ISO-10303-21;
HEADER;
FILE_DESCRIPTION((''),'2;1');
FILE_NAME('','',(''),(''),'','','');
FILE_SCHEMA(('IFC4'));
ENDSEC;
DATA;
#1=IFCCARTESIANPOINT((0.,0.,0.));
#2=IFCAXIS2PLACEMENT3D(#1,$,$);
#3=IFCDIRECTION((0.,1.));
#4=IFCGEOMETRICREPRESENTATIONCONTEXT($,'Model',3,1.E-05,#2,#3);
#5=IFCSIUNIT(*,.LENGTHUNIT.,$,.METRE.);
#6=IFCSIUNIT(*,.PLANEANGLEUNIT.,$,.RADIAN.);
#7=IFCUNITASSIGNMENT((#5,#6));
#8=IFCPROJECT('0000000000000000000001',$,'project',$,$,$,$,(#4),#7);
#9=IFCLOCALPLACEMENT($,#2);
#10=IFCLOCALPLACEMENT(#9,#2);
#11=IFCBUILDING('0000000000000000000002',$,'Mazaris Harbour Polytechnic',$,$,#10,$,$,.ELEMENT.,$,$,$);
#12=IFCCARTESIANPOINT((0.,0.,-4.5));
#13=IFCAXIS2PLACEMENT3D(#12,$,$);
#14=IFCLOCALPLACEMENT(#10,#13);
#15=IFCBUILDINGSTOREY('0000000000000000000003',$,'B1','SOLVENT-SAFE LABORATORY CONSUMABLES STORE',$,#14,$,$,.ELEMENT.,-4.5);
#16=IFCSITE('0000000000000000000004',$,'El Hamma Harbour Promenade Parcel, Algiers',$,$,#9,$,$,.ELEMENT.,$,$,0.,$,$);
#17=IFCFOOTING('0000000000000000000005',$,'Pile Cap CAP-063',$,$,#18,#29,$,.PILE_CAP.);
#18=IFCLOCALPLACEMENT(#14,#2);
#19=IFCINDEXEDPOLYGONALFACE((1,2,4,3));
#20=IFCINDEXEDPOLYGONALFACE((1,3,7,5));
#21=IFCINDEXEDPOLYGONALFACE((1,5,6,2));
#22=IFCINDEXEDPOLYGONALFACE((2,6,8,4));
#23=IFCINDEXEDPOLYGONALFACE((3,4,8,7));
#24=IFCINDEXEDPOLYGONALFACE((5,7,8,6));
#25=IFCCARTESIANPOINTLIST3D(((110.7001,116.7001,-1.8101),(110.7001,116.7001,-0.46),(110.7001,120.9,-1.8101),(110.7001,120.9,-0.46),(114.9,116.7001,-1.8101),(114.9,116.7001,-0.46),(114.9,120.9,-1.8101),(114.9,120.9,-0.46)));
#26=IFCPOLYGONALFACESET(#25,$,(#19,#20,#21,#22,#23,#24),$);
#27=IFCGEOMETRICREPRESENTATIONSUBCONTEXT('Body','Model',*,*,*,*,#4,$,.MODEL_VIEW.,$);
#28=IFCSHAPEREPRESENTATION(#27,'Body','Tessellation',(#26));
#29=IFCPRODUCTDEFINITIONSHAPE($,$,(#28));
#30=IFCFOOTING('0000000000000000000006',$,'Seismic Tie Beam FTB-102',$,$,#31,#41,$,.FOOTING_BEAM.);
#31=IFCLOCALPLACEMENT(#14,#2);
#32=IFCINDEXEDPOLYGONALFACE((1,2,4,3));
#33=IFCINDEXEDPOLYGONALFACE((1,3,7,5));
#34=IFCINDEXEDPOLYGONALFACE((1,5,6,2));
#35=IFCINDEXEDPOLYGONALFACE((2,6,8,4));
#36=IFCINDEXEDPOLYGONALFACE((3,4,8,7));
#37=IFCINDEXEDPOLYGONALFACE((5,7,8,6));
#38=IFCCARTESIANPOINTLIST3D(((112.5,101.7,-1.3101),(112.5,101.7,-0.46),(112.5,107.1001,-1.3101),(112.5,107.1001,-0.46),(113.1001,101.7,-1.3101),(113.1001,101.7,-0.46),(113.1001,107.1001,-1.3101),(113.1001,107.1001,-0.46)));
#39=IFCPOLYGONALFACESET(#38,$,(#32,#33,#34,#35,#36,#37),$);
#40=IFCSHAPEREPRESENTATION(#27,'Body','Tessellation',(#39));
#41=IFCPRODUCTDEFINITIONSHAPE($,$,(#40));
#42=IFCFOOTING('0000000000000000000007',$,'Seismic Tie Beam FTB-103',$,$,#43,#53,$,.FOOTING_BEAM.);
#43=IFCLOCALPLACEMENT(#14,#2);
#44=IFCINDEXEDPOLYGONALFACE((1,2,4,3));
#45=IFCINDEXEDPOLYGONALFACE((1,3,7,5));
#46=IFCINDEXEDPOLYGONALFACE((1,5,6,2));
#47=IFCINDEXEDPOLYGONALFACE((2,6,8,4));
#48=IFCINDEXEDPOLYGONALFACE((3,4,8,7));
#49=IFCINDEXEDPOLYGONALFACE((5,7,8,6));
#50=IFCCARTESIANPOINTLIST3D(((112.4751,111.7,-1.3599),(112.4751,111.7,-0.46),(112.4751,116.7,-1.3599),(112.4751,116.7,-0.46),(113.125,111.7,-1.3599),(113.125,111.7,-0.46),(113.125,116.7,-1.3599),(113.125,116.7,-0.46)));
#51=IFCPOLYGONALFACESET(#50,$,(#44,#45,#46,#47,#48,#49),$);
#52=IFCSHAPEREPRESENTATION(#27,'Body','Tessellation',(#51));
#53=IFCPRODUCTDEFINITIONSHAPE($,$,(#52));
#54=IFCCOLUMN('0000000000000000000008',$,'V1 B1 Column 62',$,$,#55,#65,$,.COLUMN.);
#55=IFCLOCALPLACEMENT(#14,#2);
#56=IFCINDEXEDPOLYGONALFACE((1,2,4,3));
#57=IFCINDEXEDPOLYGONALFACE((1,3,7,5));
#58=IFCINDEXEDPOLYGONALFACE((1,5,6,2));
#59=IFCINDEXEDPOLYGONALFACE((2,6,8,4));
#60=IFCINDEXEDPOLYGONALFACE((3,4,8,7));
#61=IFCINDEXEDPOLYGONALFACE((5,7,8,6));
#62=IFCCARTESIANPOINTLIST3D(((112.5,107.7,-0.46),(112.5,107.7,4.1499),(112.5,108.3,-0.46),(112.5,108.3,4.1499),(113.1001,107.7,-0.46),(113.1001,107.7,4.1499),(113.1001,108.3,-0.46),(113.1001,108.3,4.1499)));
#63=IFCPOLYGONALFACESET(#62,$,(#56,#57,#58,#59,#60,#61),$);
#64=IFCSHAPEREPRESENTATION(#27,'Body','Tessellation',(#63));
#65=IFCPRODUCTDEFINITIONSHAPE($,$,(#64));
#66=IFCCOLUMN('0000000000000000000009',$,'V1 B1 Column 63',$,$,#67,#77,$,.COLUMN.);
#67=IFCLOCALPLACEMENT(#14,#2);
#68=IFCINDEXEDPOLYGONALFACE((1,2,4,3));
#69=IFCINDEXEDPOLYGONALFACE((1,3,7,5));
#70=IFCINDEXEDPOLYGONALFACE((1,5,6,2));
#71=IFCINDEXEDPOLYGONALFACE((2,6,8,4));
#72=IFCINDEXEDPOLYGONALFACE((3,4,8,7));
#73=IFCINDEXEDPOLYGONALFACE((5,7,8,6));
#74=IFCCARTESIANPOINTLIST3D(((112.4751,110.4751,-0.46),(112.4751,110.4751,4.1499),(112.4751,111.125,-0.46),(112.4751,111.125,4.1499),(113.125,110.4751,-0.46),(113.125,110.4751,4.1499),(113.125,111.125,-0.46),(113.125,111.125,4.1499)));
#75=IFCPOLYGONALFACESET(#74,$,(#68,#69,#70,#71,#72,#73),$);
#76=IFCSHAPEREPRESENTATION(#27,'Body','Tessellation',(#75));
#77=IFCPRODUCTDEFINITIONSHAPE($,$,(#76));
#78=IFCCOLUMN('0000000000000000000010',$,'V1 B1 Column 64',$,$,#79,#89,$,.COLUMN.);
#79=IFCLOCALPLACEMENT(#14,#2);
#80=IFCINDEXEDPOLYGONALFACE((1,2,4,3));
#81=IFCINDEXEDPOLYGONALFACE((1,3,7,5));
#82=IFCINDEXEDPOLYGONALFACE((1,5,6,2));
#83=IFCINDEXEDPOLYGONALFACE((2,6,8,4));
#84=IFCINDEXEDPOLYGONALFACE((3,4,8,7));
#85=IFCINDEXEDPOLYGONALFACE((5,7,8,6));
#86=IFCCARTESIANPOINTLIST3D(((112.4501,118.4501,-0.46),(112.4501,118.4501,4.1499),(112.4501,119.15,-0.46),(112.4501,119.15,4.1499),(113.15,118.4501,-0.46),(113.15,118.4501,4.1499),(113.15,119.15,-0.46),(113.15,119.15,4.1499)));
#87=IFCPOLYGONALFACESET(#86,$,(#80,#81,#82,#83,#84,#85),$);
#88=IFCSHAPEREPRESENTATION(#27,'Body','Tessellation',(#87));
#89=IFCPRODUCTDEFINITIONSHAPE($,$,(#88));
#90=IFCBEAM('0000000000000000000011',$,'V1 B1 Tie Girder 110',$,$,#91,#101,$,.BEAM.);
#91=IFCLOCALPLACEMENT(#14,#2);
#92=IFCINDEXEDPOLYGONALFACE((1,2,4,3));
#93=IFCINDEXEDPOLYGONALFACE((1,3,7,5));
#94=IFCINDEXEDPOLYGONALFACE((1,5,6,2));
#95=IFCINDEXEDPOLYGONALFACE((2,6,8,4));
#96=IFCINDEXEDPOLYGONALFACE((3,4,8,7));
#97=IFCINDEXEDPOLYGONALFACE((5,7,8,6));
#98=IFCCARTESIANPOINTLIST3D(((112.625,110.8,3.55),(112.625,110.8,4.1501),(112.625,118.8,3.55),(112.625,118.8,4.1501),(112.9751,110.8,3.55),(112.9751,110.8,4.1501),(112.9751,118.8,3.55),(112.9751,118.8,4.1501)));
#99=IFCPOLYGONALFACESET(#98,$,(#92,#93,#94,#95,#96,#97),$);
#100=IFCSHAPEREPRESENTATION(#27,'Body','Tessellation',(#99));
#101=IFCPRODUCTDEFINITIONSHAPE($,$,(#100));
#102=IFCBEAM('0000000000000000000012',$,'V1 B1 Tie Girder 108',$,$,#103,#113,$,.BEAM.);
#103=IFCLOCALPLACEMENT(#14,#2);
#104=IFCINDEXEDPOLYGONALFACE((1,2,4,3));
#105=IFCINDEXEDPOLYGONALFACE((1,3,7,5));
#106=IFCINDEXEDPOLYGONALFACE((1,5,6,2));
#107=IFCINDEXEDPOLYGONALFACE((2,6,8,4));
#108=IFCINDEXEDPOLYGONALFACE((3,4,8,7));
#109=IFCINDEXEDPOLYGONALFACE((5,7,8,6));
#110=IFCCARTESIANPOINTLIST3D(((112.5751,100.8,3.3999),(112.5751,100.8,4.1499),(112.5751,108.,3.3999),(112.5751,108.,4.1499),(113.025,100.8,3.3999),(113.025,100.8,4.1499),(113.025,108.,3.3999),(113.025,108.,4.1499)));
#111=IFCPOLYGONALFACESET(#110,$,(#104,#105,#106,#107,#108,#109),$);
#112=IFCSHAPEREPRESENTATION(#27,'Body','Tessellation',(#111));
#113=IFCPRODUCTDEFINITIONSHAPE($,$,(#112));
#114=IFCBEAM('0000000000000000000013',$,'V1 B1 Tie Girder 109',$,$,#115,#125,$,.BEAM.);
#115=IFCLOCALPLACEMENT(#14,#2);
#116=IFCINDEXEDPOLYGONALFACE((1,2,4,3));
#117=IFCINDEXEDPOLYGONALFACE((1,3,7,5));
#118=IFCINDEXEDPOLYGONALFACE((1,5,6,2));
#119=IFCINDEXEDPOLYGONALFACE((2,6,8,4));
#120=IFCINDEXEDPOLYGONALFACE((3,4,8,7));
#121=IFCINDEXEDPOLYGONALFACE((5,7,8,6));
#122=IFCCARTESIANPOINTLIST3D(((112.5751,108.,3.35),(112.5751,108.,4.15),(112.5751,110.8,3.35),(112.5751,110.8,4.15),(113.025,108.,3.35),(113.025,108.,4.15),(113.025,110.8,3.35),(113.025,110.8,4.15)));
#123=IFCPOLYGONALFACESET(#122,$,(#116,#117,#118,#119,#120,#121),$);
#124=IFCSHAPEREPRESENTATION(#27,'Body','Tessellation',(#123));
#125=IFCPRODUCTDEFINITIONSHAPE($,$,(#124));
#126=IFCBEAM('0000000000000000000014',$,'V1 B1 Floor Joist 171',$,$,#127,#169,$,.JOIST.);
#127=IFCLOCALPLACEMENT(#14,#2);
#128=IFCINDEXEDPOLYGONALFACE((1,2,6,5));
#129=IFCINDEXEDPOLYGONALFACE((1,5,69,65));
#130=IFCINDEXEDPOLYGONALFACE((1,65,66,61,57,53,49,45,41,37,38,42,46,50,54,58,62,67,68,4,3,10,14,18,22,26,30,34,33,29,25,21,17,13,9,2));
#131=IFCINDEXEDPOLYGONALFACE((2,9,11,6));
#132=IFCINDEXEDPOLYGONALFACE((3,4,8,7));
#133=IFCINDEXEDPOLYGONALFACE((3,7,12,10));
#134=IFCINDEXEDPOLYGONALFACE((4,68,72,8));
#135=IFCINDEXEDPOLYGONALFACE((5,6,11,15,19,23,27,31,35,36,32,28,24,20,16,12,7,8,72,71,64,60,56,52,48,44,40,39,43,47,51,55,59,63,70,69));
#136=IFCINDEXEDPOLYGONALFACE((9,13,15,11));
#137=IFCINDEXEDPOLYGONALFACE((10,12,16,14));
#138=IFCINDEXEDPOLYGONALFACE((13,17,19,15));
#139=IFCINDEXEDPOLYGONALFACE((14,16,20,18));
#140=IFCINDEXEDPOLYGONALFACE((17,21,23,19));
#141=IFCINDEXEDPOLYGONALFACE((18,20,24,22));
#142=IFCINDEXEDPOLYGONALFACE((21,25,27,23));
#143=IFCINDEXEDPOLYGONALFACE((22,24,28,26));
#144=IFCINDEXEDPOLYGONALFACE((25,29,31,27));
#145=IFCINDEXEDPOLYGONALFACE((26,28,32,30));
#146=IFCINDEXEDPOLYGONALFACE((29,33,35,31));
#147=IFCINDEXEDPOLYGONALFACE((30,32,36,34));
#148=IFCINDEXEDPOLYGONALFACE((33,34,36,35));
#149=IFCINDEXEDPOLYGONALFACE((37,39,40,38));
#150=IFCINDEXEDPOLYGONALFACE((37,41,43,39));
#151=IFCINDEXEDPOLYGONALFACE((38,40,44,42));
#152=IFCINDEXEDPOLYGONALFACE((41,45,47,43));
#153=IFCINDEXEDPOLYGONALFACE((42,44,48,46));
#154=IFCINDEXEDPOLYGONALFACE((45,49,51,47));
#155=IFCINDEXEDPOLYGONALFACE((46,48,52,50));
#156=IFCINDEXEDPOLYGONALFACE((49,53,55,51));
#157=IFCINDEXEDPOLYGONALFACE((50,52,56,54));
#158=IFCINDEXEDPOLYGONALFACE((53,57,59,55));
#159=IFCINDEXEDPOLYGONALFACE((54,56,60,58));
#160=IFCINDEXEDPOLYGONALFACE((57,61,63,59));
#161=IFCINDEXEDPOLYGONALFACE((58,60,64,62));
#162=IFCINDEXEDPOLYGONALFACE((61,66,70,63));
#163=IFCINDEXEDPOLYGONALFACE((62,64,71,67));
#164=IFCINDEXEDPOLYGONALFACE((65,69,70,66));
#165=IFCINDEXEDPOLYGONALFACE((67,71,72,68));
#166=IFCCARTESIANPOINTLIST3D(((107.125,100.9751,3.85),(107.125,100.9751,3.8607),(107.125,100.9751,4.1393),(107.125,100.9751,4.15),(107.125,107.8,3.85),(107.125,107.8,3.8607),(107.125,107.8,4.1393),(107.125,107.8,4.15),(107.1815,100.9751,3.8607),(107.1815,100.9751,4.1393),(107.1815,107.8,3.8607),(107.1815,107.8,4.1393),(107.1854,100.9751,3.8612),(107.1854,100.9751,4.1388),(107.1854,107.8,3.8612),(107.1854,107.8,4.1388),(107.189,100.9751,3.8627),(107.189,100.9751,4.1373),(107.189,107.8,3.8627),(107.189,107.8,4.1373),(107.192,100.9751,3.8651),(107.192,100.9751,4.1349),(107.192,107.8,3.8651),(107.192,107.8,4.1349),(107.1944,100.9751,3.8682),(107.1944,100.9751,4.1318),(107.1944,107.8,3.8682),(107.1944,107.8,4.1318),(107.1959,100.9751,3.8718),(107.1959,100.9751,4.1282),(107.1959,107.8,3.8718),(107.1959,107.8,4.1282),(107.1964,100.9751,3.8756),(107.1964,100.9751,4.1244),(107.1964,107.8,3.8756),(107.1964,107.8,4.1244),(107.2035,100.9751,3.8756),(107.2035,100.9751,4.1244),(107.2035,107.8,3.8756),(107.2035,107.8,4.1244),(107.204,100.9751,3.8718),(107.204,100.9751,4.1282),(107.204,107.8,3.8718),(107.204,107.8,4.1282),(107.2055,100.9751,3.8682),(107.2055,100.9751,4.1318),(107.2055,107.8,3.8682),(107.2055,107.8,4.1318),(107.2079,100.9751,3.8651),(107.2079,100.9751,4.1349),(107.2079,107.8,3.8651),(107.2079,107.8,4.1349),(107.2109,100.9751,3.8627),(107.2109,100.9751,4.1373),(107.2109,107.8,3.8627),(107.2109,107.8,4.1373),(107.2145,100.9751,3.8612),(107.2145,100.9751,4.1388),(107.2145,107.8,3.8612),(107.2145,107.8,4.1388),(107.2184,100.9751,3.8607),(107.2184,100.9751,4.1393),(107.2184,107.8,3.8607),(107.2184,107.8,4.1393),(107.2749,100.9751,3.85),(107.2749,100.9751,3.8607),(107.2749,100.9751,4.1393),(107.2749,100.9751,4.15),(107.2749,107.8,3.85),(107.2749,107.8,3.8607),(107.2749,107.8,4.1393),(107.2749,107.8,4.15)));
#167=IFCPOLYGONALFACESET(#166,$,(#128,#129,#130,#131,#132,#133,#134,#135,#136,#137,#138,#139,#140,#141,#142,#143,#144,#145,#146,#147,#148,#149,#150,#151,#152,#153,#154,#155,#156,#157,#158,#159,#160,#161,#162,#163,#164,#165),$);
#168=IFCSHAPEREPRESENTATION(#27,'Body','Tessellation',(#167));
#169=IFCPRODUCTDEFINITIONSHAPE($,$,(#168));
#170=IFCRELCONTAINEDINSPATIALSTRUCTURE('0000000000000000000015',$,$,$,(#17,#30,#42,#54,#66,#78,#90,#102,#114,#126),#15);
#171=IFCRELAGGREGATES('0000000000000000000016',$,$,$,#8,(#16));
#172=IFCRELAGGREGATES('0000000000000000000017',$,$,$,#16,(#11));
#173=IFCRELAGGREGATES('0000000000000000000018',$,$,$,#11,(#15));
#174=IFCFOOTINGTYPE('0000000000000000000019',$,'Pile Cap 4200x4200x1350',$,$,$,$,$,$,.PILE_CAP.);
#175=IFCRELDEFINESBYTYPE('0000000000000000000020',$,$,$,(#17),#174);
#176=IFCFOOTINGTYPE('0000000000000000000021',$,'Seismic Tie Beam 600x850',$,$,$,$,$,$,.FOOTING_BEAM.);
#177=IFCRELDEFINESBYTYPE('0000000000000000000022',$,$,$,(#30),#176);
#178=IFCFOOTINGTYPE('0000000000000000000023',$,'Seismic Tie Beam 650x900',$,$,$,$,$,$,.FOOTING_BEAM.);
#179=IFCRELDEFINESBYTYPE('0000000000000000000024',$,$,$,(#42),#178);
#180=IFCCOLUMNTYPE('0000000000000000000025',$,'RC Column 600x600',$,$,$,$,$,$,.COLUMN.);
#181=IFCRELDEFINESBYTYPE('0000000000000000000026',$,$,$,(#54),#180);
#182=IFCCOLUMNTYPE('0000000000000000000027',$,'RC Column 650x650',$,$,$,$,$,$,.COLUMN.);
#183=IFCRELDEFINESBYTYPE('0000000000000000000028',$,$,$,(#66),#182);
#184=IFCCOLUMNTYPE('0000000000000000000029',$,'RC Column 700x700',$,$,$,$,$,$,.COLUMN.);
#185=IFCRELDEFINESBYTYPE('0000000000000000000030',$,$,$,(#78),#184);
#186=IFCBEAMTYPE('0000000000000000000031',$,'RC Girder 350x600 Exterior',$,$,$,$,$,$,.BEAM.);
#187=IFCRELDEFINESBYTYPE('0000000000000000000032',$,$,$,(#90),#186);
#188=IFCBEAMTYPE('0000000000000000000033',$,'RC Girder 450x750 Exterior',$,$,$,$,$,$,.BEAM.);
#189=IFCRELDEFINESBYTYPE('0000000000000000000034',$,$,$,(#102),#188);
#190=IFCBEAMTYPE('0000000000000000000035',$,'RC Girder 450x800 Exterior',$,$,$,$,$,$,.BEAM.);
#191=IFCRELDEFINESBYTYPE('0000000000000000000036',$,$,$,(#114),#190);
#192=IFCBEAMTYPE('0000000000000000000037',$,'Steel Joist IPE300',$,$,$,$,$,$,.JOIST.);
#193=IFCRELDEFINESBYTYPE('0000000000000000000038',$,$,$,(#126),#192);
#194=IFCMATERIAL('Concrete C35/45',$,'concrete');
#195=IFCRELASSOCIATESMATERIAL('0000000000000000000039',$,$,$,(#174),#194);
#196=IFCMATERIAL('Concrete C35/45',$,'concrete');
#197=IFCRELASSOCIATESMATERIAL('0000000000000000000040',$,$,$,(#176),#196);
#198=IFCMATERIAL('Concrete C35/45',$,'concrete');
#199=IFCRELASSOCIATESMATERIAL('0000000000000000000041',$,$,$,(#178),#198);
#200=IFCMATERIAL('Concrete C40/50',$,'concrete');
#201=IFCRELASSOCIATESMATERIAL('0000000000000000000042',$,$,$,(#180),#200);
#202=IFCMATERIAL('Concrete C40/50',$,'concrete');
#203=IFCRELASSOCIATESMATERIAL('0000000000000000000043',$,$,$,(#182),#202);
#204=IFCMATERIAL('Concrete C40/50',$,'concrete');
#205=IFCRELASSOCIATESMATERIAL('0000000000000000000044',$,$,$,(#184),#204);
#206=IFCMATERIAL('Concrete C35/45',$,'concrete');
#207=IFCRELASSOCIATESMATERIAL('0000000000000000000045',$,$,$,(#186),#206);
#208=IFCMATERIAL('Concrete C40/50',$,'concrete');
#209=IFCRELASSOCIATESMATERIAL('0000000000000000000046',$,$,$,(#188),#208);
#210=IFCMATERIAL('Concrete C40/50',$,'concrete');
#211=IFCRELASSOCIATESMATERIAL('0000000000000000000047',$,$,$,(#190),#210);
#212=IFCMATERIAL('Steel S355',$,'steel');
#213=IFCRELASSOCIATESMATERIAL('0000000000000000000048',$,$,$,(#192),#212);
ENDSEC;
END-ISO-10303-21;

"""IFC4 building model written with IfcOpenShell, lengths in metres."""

from ifc_helpers import new_model, si_unit, direction, frame, origin, origin_2d, place, context, subcontext, project, spatial, rectangle, i_section, extrude, material, material_profile, profile_set, type_object, element, save


model = new_model("IFC4")

# Units and contexts
model_context = context("Model", 3, precision=1e-05, world=origin(), true_north=direction((0.0, 1.0)))
body_context = subcontext(model_context, "Body", "Model", "MODEL_VIEW")
ifc_project = project(units=[si_unit("LENGTHUNIT", "METRE"), si_unit("PLANEANGLEUNIT", "RADIAN")], contexts=[model_context])

# Site, building, storey
site_placement = place(None, origin())
site = spatial("IfcSite", under=ifc_project, at=site_placement, Name="El Hamma Harbour Promenade Parcel, Algiers", CompositionType="ELEMENT", RefElevation=0.0)
building_placement = place(site_placement, origin())
building = spatial("IfcBuilding", under=site, at=building_placement, Name="Mazaris Harbour Polytechnic", CompositionType="ELEMENT")
storey_placement = place(building_placement, frame((0.0, 0.0, -4.5)))
storey = spatial("IfcBuildingStorey", under=building, at=storey_placement, Name="B1", Description="SOLVENT-SAFE LABORATORY CONSUMABLES STORE", CompositionType="ELEMENT", Elevation=-4.5)

# Footings
ifc_material_1 = material(Name="Concrete C35/45", Category="concrete")
footing_type_1 = type_object("IfcFootingType", Name="Pile Cap 4200x4200x1350", PredefinedType="PILE_CAP", material=ifc_material_1)
footing_1_placement = place(storey_placement, frame((112.8, 118.8, -1.8101), z_axis=(0.0, 0.0, 1.0), x_axis=(1.0, 0.0, 0.0)))
element("IfcFooting", 1, at=footing_1_placement, inside=storey, type_object=footing_type_1, Name="Pile Cap CAP-063", PredefinedType="PILE_CAP", context=body_context, shape_type="SweptSolid", body=[
    extrude(rectangle(XDim=4.2, YDim=4.2, at=origin_2d()), origin(), (0.0, 0.0, 1.0), 1.3501),
])
ifc_material_2 = material(Name="Concrete C35/45", Category="concrete")
ifc_material_profile_1 = material_profile(ifc_material_2, rectangle(XDim=0.6001, YDim=0.8501, at=origin_2d()), Name="RECT600x850")
ifc_profile_set_1 = profile_set([ifc_material_profile_1], Name="Concrete C35/45")
footing_type_2 = type_object("IfcFootingType", Name="Seismic Tie Beam 600x850", PredefinedType="FOOTING_BEAM", material=ifc_profile_set_1)
footing_2_placement = place(storey_placement, frame((112.8, 101.7, -0.885), z_axis=(0.0, 1.0, 0.0), x_axis=(-1.0, 0.0, 0.0)))
element("IfcFooting", 2, at=footing_2_placement, inside=storey, type_object=footing_type_2, Name="Seismic Tie Beam FTB-102", PredefinedType="FOOTING_BEAM", context=body_context, shape_type="SweptSolid", body=[
    extrude(rectangle(XDim=0.6001, YDim=0.8501, at=origin_2d()), origin(), (0.0, 0.0, 1.0), 5.4001),
])
ifc_material_3 = material(Name="Concrete C35/45", Category="concrete")
ifc_material_profile_2 = material_profile(ifc_material_3, rectangle(XDim=0.6499, YDim=0.8999, at=origin_2d()), Name="RECT650x900")
ifc_profile_set_2 = profile_set([ifc_material_profile_2], Name="Concrete C35/45")
footing_type_3 = type_object("IfcFootingType", Name="Seismic Tie Beam 650x900", PredefinedType="FOOTING_BEAM", material=ifc_profile_set_2)
footing_3_placement = place(storey_placement, frame((112.8, 111.7, -0.9099), z_axis=(0.0, 1.0, 0.0), x_axis=(-1.0, 0.0, 0.0)))
element("IfcFooting", 3, at=footing_3_placement, inside=storey, type_object=footing_type_3, Name="Seismic Tie Beam FTB-103", PredefinedType="FOOTING_BEAM", context=body_context, shape_type="SweptSolid", body=[
    extrude(rectangle(XDim=0.6499, YDim=0.8999, at=origin_2d()), origin(), (0.0, 0.0, 1.0), 5.0),
])

# Columns
ifc_material_4 = material(Name="Concrete C40/50", Category="concrete")
ifc_material_profile_3 = material_profile(ifc_material_4, rectangle(XDim=0.6001, YDim=0.6001, at=origin_2d()), Name="RECT600x600")
ifc_profile_set_3 = profile_set([ifc_material_profile_3], Name="Concrete C40/50")
column_type_1 = type_object("IfcColumnType", Name="RC Column 600x600", PredefinedType="COLUMN", material=ifc_profile_set_3)
column_1_placement = place(storey_placement, frame((112.8, 108.0, -0.46), z_axis=(0.0, 0.0, 1.0), x_axis=(1.0, 0.0, 0.0)))
element("IfcColumn", 4, at=column_1_placement, inside=storey, type_object=column_type_1, Name="V1 B1 Column 62", PredefinedType="COLUMN", context=body_context, shape_type="SweptSolid", body=[
    extrude(rectangle(XDim=0.6001, YDim=0.6001, at=origin_2d()), origin(), (0.0, 0.0, 1.0), 4.6099),
])
ifc_material_5 = material(Name="Concrete C40/50", Category="concrete")
ifc_material_profile_4 = material_profile(ifc_material_5, rectangle(XDim=0.6499, YDim=0.6499, at=origin_2d()), Name="RECT650x650")
ifc_profile_set_4 = profile_set([ifc_material_profile_4], Name="Concrete C40/50")
column_type_2 = type_object("IfcColumnType", Name="RC Column 650x650", PredefinedType="COLUMN", material=ifc_profile_set_4)
column_2_placement = place(storey_placement, frame((112.8, 110.8, -0.46), z_axis=(0.0, 0.0, 1.0), x_axis=(1.0, 0.0, 0.0)))
element("IfcColumn", 5, at=column_2_placement, inside=storey, type_object=column_type_2, Name="V1 B1 Column 63", PredefinedType="COLUMN", context=body_context, shape_type="SweptSolid", body=[
    extrude(rectangle(XDim=0.6499, YDim=0.6499, at=origin_2d()), origin(), (0.0, 0.0, 1.0), 4.6099),
])
ifc_material_6 = material(Name="Concrete C40/50", Category="concrete")
ifc_material_profile_5 = material_profile(ifc_material_6, rectangle(XDim=0.7, YDim=0.7, at=origin_2d()), Name="RECT700x700")
ifc_profile_set_5 = profile_set([ifc_material_profile_5], Name="Concrete C40/50")
column_type_3 = type_object("IfcColumnType", Name="RC Column 700x700", PredefinedType="COLUMN", material=ifc_profile_set_5)
column_3_placement = place(storey_placement, frame((112.8, 118.8, -0.46), z_axis=(0.0, 0.0, 1.0), x_axis=(1.0, 0.0, 0.0)))
element("IfcColumn", 6, at=column_3_placement, inside=storey, type_object=column_type_3, Name="V1 B1 Column 64", PredefinedType="COLUMN", context=body_context, shape_type="SweptSolid", body=[
    extrude(rectangle(XDim=0.7, YDim=0.7, at=origin_2d()), origin(), (0.0, 0.0, 1.0), 4.6099),
])

# Beams
ifc_material_7 = material(Name="Concrete C35/45", Category="concrete")
ifc_material_profile_6 = material_profile(ifc_material_7, rectangle(XDim=0.3501, YDim=0.6001, at=origin_2d()), Name="RECT350x600")
ifc_profile_set_6 = profile_set([ifc_material_profile_6], Name="Concrete C35/45")
beam_type_1 = type_object("IfcBeamType", Name="RC Girder 350x600 Exterior", PredefinedType="BEAM", material=ifc_profile_set_6)
beam_1_placement = place(storey_placement, frame((112.8, 110.8, 3.8501), z_axis=(0.0, 1.0, 0.0), x_axis=(-1.0, 0.0, 0.0)))
element("IfcBeam", 7, at=beam_1_placement, inside=storey, type_object=beam_type_1, Name="V1 B1 Tie Girder 110", PredefinedType="BEAM", context=body_context, shape_type="SweptSolid", body=[
    extrude(rectangle(XDim=0.3501, YDim=0.6001, at=origin_2d()), origin(), (0.0, 0.0, 1.0), 8.0),
])
ifc_material_8 = material(Name="Concrete C40/50", Category="concrete")
ifc_material_profile_7 = material_profile(ifc_material_8, rectangle(XDim=0.45, YDim=0.75, at=origin_2d()), Name="RECT450x750")
ifc_profile_set_7 = profile_set([ifc_material_profile_7], Name="Concrete C40/50")
beam_type_2 = type_object("IfcBeamType", Name="RC Girder 450x750 Exterior", PredefinedType="BEAM", material=ifc_profile_set_7)
beam_2_placement = place(storey_placement, frame((112.8, 100.8, 3.7749), z_axis=(0.0, 1.0, 0.0), x_axis=(-1.0, 0.0, 0.0)))
element("IfcBeam", 8, at=beam_2_placement, inside=storey, type_object=beam_type_2, Name="V1 B1 Tie Girder 108", PredefinedType="BEAM", context=body_context, shape_type="SweptSolid", body=[
    extrude(rectangle(XDim=0.45, YDim=0.75, at=origin_2d()), origin(), (0.0, 0.0, 1.0), 7.2),
])
ifc_material_9 = material(Name="Concrete C40/50", Category="concrete")
ifc_material_profile_8 = material_profile(ifc_material_9, rectangle(XDim=0.45, YDim=0.8, at=origin_2d()), Name="RECT450x800")
ifc_profile_set_8 = profile_set([ifc_material_profile_8], Name="Concrete C40/50")
beam_type_3 = type_object("IfcBeamType", Name="RC Girder 450x800 Exterior", PredefinedType="BEAM", material=ifc_profile_set_8)
beam_3_placement = place(storey_placement, frame((112.8, 108.0, 3.75), z_axis=(0.0, 1.0, 0.0), x_axis=(-1.0, 0.0, 0.0)))
element("IfcBeam", 9, at=beam_3_placement, inside=storey, type_object=beam_type_3, Name="V1 B1 Tie Girder 109", PredefinedType="BEAM", context=body_context, shape_type="SweptSolid", body=[
    extrude(rectangle(XDim=0.45, YDim=0.8, at=origin_2d()), origin(), (0.0, 0.0, 1.0), 2.8),
])
ifc_material_10 = material(Name="Steel S355", Category="steel")
ifc_material_profile_9 = material_profile(ifc_material_10, i_section(OverallWidth=0.1499, OverallDepth=0.3, WebThickness=0.0071, FlangeThickness=0.0107, FilletRadius=0.0149, at=origin_2d()), Name="IPE 300")
ifc_profile_set_9 = profile_set([ifc_material_profile_9], Name="Steel S355")
beam_type_4 = type_object("IfcBeamType", Name="Steel Joist IPE300", PredefinedType="JOIST", material=ifc_profile_set_9)
beam_4_placement = place(storey_placement, frame((107.2, 100.9751, 4.0), z_axis=(0.0, 1.0, 0.0), x_axis=(-1.0, 0.0, 0.0)))
element("IfcBeam", 10, at=beam_4_placement, inside=storey, type_object=beam_type_4, Name="V1 B1 Floor Joist 171", PredefinedType="JOIST", context=body_context, shape_type="SweptSolid", body=[
    extrude(i_section(OverallWidth=0.1499, OverallDepth=0.3, WebThickness=0.0071, FlangeThickness=0.0107, FilletRadius=0.0149, at=origin_2d()), origin(), (0.0, 0.0, 1.0), 6.825),
])

save(model, "model.ifc")
